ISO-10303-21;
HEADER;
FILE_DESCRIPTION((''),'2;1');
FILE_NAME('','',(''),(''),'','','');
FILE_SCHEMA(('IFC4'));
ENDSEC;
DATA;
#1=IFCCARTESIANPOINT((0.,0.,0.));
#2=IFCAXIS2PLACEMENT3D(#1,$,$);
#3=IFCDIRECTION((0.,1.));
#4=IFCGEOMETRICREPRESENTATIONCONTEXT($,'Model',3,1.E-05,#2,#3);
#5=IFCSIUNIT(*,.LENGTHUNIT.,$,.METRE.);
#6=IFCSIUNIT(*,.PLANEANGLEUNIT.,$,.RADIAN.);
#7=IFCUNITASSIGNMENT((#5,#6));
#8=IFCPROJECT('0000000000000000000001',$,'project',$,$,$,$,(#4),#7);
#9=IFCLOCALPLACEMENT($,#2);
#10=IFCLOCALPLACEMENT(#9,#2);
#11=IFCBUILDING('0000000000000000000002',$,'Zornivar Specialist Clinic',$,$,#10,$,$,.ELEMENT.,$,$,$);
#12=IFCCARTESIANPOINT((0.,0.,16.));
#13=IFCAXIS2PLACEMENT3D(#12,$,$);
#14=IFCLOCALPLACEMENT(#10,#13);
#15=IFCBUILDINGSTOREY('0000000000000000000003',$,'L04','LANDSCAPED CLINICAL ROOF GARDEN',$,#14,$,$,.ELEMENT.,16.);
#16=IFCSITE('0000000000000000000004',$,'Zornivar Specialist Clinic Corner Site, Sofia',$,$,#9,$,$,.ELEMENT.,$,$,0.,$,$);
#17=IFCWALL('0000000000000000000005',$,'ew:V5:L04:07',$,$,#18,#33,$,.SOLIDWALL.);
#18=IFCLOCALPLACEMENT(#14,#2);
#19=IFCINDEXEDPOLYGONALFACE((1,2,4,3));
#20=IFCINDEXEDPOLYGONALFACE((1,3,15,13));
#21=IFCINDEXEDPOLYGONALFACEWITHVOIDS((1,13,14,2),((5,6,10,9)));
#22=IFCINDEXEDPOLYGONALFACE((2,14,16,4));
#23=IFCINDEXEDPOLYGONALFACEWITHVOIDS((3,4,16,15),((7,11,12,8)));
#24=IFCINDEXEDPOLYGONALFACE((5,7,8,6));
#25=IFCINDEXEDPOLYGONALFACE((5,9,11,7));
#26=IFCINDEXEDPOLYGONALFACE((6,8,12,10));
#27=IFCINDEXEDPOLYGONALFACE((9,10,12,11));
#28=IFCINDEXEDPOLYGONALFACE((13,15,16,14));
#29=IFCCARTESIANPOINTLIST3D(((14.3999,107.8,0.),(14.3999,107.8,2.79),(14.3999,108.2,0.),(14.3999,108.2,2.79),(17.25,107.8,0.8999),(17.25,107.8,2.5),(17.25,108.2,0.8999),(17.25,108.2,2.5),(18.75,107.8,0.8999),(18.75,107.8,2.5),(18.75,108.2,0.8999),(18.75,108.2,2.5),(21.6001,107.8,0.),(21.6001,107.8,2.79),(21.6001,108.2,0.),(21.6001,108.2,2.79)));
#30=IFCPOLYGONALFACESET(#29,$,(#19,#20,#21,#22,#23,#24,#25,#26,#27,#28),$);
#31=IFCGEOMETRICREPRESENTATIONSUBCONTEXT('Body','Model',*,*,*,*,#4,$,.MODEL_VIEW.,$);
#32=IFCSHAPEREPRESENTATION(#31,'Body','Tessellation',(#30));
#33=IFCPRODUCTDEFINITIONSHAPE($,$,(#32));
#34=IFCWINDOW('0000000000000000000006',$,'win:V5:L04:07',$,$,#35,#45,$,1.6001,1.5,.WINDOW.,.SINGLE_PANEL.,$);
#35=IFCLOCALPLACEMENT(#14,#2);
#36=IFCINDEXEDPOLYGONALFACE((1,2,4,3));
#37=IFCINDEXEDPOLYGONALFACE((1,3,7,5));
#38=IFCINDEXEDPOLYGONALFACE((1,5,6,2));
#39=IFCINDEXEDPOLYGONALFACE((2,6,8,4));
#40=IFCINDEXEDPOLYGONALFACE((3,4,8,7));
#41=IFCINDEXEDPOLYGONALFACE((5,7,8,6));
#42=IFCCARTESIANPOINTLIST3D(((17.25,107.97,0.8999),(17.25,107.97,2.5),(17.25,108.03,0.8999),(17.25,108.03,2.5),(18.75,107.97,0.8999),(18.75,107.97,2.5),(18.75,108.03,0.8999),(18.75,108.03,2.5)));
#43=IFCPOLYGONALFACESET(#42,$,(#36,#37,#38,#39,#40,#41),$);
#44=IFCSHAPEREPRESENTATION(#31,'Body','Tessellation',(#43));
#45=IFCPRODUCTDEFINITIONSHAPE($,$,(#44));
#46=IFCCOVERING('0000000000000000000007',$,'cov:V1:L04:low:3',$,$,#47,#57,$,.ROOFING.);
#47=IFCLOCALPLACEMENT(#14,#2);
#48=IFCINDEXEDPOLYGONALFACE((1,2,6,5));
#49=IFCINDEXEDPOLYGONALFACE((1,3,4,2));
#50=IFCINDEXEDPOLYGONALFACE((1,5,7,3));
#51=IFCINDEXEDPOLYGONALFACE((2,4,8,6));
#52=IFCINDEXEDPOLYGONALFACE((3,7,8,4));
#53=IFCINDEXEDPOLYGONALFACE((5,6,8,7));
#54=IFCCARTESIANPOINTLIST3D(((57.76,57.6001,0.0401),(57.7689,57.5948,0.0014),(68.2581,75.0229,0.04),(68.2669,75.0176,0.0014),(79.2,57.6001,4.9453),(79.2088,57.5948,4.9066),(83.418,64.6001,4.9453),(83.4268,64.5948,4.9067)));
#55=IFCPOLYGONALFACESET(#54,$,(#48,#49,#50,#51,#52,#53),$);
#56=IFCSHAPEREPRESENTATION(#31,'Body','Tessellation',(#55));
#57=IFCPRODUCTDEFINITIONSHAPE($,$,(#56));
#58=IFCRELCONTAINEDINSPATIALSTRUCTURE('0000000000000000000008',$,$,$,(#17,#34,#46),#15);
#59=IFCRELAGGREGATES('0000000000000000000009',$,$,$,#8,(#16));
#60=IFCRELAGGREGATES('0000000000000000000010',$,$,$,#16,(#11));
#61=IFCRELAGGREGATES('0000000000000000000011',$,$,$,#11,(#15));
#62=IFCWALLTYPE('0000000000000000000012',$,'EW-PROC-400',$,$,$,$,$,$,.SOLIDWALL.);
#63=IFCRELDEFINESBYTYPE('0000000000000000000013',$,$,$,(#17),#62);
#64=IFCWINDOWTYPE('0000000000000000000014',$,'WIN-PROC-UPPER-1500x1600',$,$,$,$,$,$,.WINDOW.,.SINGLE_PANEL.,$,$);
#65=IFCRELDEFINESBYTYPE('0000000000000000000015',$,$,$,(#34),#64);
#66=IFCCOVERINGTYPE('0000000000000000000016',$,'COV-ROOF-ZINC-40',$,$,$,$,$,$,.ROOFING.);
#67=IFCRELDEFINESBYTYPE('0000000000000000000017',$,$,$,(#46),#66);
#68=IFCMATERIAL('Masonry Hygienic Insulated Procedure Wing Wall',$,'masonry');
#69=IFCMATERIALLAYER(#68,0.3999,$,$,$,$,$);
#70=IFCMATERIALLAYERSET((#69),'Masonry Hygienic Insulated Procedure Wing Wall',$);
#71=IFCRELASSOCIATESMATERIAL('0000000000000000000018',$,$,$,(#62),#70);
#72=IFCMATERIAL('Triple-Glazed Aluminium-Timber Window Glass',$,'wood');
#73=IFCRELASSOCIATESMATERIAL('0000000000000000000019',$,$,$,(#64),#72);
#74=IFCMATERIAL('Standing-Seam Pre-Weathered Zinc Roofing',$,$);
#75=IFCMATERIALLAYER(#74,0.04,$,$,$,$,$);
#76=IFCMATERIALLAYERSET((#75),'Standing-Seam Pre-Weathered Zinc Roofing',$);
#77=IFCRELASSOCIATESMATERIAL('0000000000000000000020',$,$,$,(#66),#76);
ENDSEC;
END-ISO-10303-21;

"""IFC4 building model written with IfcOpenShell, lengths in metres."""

from ifc_helpers import new_model, si_unit, direction, frame, frame_2d, origin, place, context, subcontext, project, spatial, polyline, rectangle, outline, extrude, material, layer, layer_set, type_object, element, fill, save


model = new_model("IFC4")

# Units and contexts
model_context = context("Model", 3, precision=1e-05, world=origin(), true_north=direction((0.0, 1.0)))
body_context = subcontext(model_context, "Body", "Model", "MODEL_VIEW")
ifc_project = project(units=[si_unit("LENGTHUNIT", "METRE"), si_unit("PLANEANGLEUNIT", "RADIAN")], contexts=[model_context])

# Site, building, storey
site_placement = place(None, origin())
site = spatial("IfcSite", under=ifc_project, at=site_placement, Name="Zornivar Specialist Clinic Corner Site, Sofia", CompositionType="ELEMENT", RefElevation=0.0)
building_placement = place(site_placement, origin())
building = spatial("IfcBuilding", under=site, at=building_placement, Name="Zornivar Specialist Clinic", CompositionType="ELEMENT")
storey_placement = place(building_placement, frame((0.0, 0.0, 16.0)))
storey = spatial("IfcBuildingStorey", under=building, at=storey_placement, Name="L04", Description="LANDSCAPED CLINICAL ROOF GARDEN", CompositionType="ELEMENT", Elevation=16.0)

# Wall, opening, window
ifc_material_1 = material(Name="Masonry Hygienic Insulated Procedure Wing Wall", Category="masonry")
ifc_layer_1 = layer(ifc_material_1, 0.3999)
ifc_layer_set_1 = layer_set([ifc_layer_1], Name="Masonry Hygienic Insulated Procedure Wing Wall")
wall_type = type_object("IfcWallType", Name="EW-PROC-400", PredefinedType="SOLIDWALL", material=ifc_layer_set_1)
ifc_material_2 = material(Name="Triple-Glazed Aluminium-Timber Window Glass", Category="wood")
window_type = type_object("IfcWindowType", Name="WIN-PROC-UPPER-1500x1600", PartitioningType="SINGLE_PANEL", PredefinedType="WINDOW", material=ifc_material_2)
wall_1_placement = place(storey_placement, frame((21.6001, 108.0, 0.0), z_axis=(0.0, 0.0, 1.0), x_axis=(-1.0, 0.0, 0.0)))
wall_1 = element("IfcWall", 1, at=wall_1_placement, inside=storey, type_object=wall_type, Name="ew:V5:L04:07", PredefinedType="SOLIDWALL", context=body_context, shape_type="SweptSolid", body=[
    extrude(rectangle(XDim=7.2002, YDim=0.3999, at=frame_2d((3.6001, 0.0))), origin(), (0.0, 0.0, 1.0), 2.79),
])
opening_1_placement = place(wall_1_placement, frame((2.8501, 0.0, 0.8999)))
opening_1 = element("IfcOpeningElement", 2, at=opening_1_placement, cuts=wall_1, PredefinedType="OPENING", context=body_context, shape_type="SweptSolid", body=[
    extrude(rectangle(XDim=1.5, YDim=1.6001, at=frame_2d((0.75, 0.8))), frame((0.0, 0.21, 0.0), z_axis=(0.0, -1.0, 0.0), x_axis=(1.0, 0.0, 0.0)), (0.0, 0.0, 1.0), 0.4199),
])
window_1_placement = place(opening_1_placement, origin())
window_1 = element("IfcWindow", 3, at=window_1_placement, inside=storey, type_object=window_type, Name="win:V5:L04:07", OverallHeight=1.6001, OverallWidth=1.5, PartitioningType="SINGLE_PANEL", PredefinedType="WINDOW", context=body_context, shape_type="SweptSolid", body=[
    extrude(rectangle(XDim=1.5, YDim=1.6001, at=frame_2d((0.75, 0.8))), frame((0.0, 0.03, 0.0), z_axis=(0.0, -1.0, 0.0), x_axis=(1.0, 0.0, 0.0)), (0.0, 0.0, 1.0), 0.0601),
])
fill(opening_1, window_1)

# Covering
ifc_material_3 = material(Name="Standing-Seam Pre-Weathered Zinc Roofing")
ifc_layer_2 = layer(ifc_material_3, 0.04)
ifc_layer_set_2 = layer_set([ifc_layer_2], Name="Standing-Seam Pre-Weathered Zinc Roofing")
covering_type = type_object("IfcCoveringType", Name="COV-ROOF-ZINC-40", PredefinedType="ROOFING", material=ifc_layer_set_2)
covering_placement = place(storey_placement, frame((68.2581, 75.0229, 0.04), z_axis=(-0.22104, 0.133188, 0.966127), x_axis=(-0.516098, -0.85653, 0.000002)))
element("IfcCovering", 4, at=covering_placement, inside=storey, type_object=covering_type, Name="cov:V1:L04:low:3", PredefinedType="ROOFING", context=body_context, shape_type="SweptSolid", body=[
    extrude(outline(polyline([(0.0, 0.0), (20.3412, 0.0), (9.2761, 19.0078), (1.1035, 19.008), (0.0, 0.0)])), origin(), (0.0, 0.0, -1.0), 0.04),
])

save(model, "model.ifc")
